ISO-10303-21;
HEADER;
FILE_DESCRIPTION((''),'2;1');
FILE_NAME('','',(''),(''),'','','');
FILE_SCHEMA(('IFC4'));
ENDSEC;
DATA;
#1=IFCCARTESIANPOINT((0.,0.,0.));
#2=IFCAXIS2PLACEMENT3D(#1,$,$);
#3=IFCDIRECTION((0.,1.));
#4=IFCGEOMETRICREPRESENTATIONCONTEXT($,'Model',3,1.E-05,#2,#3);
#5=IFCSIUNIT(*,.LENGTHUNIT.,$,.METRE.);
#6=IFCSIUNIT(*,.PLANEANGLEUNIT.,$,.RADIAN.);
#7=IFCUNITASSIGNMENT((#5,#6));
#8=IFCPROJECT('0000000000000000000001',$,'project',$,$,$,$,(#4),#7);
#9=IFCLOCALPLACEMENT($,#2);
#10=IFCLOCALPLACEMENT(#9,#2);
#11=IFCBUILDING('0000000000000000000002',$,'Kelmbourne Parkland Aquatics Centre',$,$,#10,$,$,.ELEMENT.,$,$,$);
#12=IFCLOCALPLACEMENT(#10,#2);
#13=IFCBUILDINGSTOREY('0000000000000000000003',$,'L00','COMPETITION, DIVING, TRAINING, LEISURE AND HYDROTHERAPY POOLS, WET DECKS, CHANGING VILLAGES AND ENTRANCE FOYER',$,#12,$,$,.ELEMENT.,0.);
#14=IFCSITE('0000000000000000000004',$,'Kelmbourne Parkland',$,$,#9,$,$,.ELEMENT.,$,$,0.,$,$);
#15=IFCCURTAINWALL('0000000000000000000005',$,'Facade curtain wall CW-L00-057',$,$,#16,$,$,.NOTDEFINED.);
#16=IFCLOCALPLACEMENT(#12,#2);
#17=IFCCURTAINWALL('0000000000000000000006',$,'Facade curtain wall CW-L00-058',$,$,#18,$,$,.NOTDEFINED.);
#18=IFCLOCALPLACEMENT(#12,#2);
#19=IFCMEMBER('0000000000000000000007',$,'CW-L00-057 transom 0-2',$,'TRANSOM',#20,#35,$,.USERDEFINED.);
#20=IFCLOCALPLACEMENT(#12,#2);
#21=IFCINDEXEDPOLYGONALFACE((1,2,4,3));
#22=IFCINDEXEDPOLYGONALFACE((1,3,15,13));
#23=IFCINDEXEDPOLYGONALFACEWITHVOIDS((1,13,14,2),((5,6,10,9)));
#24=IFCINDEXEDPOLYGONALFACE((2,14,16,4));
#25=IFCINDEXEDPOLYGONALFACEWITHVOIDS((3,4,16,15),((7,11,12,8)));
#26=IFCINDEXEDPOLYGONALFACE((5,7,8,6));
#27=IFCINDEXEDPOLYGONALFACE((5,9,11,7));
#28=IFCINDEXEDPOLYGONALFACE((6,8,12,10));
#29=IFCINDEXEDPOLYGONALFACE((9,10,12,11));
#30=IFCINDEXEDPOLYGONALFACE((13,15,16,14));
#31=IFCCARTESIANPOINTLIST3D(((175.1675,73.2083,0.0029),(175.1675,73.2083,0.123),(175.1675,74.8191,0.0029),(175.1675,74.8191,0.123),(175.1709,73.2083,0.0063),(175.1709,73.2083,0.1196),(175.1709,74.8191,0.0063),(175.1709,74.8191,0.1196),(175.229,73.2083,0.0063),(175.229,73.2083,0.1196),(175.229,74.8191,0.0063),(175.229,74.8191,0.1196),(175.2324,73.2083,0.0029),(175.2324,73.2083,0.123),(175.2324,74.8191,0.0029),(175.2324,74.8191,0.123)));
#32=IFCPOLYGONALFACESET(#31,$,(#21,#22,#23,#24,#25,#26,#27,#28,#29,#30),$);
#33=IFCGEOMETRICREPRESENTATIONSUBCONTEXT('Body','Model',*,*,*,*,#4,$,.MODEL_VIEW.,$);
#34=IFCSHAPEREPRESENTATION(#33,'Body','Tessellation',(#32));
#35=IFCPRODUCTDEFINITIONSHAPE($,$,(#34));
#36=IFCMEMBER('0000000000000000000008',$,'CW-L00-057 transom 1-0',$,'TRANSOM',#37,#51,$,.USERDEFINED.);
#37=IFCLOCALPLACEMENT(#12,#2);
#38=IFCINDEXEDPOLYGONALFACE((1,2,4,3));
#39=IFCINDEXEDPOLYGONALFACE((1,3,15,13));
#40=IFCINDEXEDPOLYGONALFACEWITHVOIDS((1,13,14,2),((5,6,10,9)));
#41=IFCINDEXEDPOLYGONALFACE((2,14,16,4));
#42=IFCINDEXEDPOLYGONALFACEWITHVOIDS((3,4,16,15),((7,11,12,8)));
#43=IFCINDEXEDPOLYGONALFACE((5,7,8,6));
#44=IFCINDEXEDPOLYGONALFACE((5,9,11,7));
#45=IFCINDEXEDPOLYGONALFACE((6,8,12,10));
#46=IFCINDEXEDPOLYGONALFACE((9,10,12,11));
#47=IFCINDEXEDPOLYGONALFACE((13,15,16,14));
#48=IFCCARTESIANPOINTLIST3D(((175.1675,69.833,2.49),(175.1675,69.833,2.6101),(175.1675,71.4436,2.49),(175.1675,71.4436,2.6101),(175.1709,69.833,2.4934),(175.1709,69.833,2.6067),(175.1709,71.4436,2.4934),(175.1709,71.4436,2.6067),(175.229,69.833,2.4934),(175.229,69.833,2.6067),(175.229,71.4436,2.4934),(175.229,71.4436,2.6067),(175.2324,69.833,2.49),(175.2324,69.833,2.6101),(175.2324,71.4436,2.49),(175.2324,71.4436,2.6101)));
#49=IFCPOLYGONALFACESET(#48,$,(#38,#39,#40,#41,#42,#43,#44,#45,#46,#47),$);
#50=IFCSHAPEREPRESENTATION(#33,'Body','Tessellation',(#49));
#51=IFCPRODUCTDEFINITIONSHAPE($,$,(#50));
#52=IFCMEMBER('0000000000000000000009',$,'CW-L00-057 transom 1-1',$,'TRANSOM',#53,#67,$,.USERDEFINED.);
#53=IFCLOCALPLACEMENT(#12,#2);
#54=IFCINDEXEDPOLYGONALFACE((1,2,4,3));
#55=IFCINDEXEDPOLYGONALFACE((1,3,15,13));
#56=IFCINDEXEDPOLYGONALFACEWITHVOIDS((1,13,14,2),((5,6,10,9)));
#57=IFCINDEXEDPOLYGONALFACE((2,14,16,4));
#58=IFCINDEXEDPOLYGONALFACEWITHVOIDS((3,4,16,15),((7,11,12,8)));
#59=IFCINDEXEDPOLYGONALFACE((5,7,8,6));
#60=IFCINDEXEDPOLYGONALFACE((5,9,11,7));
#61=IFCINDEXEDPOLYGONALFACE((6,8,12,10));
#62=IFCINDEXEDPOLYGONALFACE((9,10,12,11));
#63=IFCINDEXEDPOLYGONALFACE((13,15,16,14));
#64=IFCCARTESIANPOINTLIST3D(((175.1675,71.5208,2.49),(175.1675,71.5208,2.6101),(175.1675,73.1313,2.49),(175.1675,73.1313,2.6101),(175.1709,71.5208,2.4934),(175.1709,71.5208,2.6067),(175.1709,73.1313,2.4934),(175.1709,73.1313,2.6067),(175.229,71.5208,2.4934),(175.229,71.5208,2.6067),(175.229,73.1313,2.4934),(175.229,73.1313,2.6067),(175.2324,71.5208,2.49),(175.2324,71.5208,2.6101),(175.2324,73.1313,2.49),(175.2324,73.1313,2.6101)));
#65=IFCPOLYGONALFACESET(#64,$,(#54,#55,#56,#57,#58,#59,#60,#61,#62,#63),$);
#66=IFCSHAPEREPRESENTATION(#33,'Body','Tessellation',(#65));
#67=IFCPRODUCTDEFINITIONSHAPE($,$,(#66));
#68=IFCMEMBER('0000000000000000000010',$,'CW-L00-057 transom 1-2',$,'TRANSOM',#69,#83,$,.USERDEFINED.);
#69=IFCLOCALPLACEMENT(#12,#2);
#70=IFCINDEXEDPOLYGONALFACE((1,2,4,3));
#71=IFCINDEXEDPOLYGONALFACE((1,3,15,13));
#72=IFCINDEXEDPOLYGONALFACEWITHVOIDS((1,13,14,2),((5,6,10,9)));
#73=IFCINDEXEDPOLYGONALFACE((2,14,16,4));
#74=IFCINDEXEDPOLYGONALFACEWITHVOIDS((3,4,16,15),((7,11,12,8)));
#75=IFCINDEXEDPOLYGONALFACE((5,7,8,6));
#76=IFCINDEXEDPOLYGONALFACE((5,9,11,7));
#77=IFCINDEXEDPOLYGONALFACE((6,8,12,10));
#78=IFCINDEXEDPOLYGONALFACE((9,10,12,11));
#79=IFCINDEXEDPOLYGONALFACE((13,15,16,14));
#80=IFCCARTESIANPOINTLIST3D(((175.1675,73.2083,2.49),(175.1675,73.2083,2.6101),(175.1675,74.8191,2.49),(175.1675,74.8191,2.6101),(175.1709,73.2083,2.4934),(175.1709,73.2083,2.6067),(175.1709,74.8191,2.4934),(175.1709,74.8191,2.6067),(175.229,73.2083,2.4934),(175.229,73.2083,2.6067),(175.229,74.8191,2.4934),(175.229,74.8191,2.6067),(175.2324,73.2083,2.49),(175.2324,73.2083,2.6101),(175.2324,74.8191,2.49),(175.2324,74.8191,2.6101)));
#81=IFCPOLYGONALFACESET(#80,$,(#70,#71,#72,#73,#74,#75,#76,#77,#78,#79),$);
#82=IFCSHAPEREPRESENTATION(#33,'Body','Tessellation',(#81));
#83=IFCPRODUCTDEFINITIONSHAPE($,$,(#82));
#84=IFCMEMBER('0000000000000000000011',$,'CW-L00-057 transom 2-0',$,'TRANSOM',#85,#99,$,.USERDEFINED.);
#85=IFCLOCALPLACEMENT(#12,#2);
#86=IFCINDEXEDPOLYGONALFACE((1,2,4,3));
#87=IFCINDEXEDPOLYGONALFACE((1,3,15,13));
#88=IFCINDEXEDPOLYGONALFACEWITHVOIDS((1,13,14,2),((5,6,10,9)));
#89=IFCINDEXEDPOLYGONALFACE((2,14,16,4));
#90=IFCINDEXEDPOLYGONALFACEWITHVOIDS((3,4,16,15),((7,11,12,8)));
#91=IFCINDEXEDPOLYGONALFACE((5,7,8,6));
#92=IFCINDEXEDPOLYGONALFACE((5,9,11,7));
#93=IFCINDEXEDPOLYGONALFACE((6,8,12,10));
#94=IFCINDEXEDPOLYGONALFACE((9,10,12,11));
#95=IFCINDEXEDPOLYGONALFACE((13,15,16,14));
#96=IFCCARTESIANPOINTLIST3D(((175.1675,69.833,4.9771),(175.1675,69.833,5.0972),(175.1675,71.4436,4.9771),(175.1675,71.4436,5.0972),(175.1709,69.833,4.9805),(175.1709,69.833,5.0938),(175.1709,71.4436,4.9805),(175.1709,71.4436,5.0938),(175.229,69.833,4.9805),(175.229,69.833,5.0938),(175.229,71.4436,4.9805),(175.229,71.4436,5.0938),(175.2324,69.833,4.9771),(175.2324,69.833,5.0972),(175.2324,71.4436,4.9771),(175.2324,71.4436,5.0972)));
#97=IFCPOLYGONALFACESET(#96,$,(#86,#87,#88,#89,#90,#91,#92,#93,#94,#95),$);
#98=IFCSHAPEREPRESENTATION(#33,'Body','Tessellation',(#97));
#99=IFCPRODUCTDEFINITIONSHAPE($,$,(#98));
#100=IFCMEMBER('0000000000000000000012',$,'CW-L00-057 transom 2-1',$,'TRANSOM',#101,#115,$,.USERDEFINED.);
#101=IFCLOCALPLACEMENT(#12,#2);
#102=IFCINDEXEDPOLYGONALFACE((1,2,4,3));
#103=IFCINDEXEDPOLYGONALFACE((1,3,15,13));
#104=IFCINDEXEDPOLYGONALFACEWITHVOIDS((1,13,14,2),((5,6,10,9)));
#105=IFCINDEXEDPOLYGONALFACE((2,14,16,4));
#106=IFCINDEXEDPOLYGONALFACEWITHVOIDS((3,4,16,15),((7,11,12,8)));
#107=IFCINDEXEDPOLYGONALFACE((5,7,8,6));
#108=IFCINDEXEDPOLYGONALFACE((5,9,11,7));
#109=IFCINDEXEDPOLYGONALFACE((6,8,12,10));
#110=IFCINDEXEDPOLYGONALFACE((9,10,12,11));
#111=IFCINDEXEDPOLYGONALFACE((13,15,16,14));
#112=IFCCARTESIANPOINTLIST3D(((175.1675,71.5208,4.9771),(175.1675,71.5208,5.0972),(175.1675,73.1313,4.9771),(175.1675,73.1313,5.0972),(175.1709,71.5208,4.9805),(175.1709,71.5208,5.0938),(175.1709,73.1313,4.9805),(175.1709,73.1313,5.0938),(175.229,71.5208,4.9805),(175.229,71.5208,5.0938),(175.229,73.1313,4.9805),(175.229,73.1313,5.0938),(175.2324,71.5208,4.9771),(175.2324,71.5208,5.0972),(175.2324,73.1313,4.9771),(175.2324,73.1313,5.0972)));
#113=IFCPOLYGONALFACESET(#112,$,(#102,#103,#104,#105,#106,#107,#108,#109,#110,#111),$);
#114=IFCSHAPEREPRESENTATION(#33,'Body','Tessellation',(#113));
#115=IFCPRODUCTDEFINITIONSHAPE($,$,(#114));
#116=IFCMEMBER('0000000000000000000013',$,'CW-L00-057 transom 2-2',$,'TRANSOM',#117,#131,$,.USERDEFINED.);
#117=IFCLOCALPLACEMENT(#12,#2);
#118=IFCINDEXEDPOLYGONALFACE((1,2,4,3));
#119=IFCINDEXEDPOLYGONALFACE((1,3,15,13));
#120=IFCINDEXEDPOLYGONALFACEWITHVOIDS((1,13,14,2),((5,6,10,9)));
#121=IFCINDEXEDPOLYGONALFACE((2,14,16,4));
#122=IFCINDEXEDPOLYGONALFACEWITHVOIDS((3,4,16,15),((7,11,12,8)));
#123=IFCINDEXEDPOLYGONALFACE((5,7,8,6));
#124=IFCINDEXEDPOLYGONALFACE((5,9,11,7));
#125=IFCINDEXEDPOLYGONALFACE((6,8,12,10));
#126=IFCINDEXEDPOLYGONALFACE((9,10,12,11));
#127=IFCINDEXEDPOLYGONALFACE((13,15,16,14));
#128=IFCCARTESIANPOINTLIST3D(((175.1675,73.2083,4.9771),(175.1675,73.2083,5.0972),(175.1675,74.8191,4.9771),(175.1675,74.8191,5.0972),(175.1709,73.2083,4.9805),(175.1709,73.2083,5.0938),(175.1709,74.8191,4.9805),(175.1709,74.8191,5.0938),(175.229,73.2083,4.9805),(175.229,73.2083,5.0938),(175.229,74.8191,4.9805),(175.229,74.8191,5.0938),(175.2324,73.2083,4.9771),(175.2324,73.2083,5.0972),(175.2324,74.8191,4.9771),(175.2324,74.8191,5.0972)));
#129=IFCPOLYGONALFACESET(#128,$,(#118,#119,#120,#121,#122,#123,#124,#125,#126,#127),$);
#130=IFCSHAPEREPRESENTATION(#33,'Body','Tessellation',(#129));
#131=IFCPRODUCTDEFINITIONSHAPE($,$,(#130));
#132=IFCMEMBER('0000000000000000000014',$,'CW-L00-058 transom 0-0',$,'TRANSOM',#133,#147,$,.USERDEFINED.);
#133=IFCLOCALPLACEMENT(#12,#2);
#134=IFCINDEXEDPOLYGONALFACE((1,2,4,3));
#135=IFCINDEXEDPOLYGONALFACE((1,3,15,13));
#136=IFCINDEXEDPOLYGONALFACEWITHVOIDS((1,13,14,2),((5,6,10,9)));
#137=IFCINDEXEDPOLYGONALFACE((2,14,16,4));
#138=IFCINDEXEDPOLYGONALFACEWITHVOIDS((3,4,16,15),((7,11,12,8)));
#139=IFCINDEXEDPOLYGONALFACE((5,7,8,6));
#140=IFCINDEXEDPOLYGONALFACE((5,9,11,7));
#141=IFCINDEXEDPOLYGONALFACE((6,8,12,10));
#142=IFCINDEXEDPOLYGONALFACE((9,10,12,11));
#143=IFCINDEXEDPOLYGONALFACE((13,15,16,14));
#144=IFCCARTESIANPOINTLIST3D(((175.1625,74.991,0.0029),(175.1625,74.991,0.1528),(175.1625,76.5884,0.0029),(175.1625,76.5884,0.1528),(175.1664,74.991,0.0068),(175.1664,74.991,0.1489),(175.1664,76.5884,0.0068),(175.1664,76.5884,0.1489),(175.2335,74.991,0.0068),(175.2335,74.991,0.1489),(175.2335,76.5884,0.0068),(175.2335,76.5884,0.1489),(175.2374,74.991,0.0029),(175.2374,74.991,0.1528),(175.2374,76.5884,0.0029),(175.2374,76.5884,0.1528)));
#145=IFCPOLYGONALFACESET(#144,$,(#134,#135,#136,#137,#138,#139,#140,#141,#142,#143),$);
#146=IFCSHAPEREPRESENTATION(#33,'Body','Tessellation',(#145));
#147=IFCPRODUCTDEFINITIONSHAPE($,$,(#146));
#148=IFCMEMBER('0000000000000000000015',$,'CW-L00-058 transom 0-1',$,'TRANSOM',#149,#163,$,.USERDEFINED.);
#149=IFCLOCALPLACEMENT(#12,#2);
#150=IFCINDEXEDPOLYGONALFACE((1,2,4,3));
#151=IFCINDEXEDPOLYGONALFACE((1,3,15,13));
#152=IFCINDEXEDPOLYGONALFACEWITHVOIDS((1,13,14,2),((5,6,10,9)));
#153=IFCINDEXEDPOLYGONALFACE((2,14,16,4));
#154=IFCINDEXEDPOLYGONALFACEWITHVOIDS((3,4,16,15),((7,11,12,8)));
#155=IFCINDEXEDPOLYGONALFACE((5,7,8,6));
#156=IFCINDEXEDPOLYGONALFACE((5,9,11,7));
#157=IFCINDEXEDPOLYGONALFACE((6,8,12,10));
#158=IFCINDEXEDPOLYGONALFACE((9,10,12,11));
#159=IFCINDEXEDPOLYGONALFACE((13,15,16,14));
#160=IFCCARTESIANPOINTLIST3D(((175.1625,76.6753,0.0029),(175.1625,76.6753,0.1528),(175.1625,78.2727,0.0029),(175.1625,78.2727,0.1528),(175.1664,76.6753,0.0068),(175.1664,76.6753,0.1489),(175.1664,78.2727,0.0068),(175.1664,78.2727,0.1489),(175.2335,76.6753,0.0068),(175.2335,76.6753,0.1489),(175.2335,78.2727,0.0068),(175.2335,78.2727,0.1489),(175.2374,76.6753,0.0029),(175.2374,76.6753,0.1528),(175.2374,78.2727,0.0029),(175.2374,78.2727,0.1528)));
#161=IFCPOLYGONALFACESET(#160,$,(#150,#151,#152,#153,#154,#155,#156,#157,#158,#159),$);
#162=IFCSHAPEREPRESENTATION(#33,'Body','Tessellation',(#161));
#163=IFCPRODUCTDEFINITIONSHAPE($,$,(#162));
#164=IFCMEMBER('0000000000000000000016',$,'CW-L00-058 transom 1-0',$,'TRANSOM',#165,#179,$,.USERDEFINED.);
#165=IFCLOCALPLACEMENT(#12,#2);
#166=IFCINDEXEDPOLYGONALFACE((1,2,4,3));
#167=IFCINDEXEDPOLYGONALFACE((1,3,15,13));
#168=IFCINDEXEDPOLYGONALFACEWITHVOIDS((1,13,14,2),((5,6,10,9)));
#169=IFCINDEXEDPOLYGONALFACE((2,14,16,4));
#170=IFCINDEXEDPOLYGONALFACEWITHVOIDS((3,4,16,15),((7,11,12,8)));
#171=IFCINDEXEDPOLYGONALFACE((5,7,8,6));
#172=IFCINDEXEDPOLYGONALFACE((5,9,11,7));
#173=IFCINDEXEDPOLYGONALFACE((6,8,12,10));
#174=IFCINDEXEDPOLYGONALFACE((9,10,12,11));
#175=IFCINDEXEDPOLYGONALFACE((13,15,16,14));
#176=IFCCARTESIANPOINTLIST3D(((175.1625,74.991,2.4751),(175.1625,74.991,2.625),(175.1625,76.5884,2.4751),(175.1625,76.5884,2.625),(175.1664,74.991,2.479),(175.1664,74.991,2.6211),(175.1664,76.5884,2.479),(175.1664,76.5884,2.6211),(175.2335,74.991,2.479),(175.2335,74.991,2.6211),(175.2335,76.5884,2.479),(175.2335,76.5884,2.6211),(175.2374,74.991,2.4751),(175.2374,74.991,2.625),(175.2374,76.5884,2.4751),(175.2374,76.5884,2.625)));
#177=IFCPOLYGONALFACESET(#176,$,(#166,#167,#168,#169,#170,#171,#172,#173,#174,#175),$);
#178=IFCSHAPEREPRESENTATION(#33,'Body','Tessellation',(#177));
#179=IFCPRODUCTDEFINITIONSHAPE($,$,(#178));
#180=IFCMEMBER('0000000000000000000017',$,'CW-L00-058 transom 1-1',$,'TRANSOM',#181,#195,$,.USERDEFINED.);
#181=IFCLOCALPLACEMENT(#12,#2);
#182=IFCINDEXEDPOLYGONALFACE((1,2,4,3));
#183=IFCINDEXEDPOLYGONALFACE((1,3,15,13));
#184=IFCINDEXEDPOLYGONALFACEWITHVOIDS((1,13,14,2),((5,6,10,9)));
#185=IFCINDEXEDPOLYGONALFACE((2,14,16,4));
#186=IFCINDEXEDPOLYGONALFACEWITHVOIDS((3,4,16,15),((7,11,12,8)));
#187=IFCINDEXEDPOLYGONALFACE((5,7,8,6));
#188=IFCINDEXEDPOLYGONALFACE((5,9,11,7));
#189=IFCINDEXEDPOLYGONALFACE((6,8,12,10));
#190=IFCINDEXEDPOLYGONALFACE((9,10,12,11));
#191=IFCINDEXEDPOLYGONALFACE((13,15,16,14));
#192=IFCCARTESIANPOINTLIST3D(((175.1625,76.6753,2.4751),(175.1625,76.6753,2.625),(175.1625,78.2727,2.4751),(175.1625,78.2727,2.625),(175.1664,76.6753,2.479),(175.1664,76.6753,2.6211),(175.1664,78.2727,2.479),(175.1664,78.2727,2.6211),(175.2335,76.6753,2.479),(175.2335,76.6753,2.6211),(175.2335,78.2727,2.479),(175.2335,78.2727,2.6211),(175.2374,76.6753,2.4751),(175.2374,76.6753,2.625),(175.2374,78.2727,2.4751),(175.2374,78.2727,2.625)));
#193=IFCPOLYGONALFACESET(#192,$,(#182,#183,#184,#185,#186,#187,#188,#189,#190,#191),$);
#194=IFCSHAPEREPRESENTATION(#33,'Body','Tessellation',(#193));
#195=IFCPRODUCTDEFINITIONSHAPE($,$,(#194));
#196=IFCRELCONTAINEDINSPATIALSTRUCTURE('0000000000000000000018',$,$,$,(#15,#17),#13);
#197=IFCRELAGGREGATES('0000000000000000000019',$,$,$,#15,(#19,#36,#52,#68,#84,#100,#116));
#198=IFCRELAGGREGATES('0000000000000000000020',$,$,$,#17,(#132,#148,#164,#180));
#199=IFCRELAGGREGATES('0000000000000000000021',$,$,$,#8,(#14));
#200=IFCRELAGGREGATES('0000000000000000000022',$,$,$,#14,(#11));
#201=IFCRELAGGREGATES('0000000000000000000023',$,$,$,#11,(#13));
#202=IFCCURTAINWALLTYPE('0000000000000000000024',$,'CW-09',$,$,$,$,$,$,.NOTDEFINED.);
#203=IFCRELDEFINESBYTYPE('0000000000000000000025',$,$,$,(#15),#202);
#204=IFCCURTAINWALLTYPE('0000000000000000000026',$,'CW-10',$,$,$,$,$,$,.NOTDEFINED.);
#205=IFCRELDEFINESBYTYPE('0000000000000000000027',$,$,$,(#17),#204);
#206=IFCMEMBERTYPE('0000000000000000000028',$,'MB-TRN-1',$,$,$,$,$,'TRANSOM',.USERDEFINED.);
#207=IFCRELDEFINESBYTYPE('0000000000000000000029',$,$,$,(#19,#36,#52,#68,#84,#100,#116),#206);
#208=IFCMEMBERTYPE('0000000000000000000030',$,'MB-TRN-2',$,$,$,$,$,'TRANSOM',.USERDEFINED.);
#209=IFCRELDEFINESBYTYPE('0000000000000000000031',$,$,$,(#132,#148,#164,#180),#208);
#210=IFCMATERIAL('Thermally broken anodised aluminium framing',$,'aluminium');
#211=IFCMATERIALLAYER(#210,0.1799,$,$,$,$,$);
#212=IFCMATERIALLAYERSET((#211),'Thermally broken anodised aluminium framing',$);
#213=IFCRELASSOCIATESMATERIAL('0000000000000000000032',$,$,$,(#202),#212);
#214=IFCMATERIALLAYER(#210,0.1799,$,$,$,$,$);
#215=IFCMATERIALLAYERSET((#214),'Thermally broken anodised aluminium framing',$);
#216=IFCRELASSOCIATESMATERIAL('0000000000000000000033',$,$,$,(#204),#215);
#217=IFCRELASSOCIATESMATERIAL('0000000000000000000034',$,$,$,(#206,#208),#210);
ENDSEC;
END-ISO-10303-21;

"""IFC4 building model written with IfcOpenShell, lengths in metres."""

from ifc_helpers import new_model, si_unit, direction, frame, origin, origin_2d, place, context, subcontext, project, spatial, hollow_rectangle, extrude, material, layer, layer_set, material_profile, profile_set, type_object, element, aggregate, save


model = new_model("IFC4")

# Units and contexts
model_context = context("Model", 3, precision=1e-05, world=origin(), true_north=direction((0.0, 1.0)))
body_context = subcontext(model_context, "Body", "Model", "MODEL_VIEW")
ifc_project = project(units=[si_unit("LENGTHUNIT", "METRE"), si_unit("PLANEANGLEUNIT", "RADIAN")], contexts=[model_context])

# Site, building, storey
site_placement = place(None, origin())
site = spatial("IfcSite", under=ifc_project, at=site_placement, Name="Kelmbourne Parkland", CompositionType="ELEMENT", RefElevation=0.0)
building_placement = place(site_placement, origin())
building = spatial("IfcBuilding", under=site, at=building_placement, Name="Kelmbourne Parkland Aquatics Centre", CompositionType="ELEMENT")
storey_placement = place(building_placement, origin())
storey = spatial("IfcBuildingStorey", under=building, at=storey_placement, Name="L00", Description="COMPETITION, DIVING, TRAINING, LEISURE AND HYDROTHERAPY POOLS, WET DECKS, CHANGING VILLAGES AND ENTRANCE FOYER", CompositionType="ELEMENT", Elevation=0.0)

# Shared definitions
ifc_material_1 = material(Name="Thermally broken anodised aluminium framing", Category="aluminium")

# Curtain walls
ifc_layer_1 = layer(ifc_material_1, 0.1799)
ifc_layer_set_1 = layer_set([ifc_layer_1], Name="Thermally broken anodised aluminium framing")
curtain_wall_type_1 = type_object("IfcCurtainWallType", Name="CW-09", PredefinedType="NOTDEFINED", material=ifc_layer_set_1)
curtain_wall_1_placement = place(storey_placement, origin())
curtain_wall_1 = element("IfcCurtainWall", 1, at=curtain_wall_1_placement, inside=storey, type_object=curtain_wall_type_1, Name="Facade curtain wall CW-L00-057", PredefinedType="NOTDEFINED")
ifc_layer_2 = layer(ifc_material_1, 0.1799)
ifc_layer_set_2 = layer_set([ifc_layer_2], Name="Thermally broken anodised aluminium framing")
curtain_wall_type_2 = type_object("IfcCurtainWallType", Name="CW-10", PredefinedType="NOTDEFINED", material=ifc_layer_set_2)
curtain_wall_2_placement = place(storey_placement, origin())
curtain_wall_2 = element("IfcCurtainWall", 2, at=curtain_wall_2_placement, inside=storey, type_object=curtain_wall_type_2, Name="Facade curtain wall CW-L00-058", PredefinedType="NOTDEFINED")

# Members
ifc_material_profile_1 = material_profile(ifc_material_1, hollow_rectangle(XDim=0.0649, YDim=0.1201, WallThickness=0.0034, at=origin_2d()), Name="CW-T 65x120")
ifc_profile_set_1 = profile_set([ifc_material_profile_1], Name="Thermally broken anodised aluminium framing")
member_type_1 = type_object("IfcMemberType", Name="MB-TRN-1", ElementType="TRANSOM", PredefinedType="USERDEFINED", material=ifc_profile_set_1)
member_1_placement = place(storey_placement, frame((175.2, 73.2083, 0.063), z_axis=(0.0, 1.0, 0.0), x_axis=(-1.0, 0.0, 0.0)))
member_1 = element("IfcMember", 3, at=member_1_placement, type_object=member_type_1, Name="CW-L00-057 transom 0-2", ObjectType="TRANSOM", PredefinedType="USERDEFINED", context=body_context, shape_type="SweptSolid", body=[
    extrude(hollow_rectangle(XDim=0.0649, YDim=0.1201, WallThickness=0.0034, at=origin_2d()), origin(), (0.0, 0.0, 1.0), 1.6108),
])
member_2_placement = place(storey_placement, frame((175.2, 69.833, 2.55), z_axis=(0.0, 1.0, 0.0), x_axis=(-1.0, 0.0, 0.0)))
member_2 = element("IfcMember", 4, at=member_2_placement, type_object=member_type_1, Name="CW-L00-057 transom 1-0", ObjectType="TRANSOM", PredefinedType="USERDEFINED", context=body_context, shape_type="SweptSolid", body=[
    extrude(hollow_rectangle(XDim=0.0649, YDim=0.1201, WallThickness=0.0034, at=origin_2d()), origin(), (0.0, 0.0, 1.0), 1.6106),
])
member_3_placement = place(storey_placement, frame((175.2, 71.5208, 2.55), z_axis=(0.0, 1.0, 0.0), x_axis=(-1.0, 0.0, 0.0)))
member_3 = element("IfcMember", 5, at=member_3_placement, type_object=member_type_1, Name="CW-L00-057 transom 1-1", ObjectType="TRANSOM", PredefinedType="USERDEFINED", context=body_context, shape_type="SweptSolid", body=[
    extrude(hollow_rectangle(XDim=0.0649, YDim=0.1201, WallThickness=0.0034, at=origin_2d()), origin(), (0.0, 0.0, 1.0), 1.6106),
])
member_4_placement = place(storey_placement, frame((175.2, 73.2083, 2.55), z_axis=(0.0, 1.0, 0.0), x_axis=(-1.0, 0.0, 0.0)))
member_4 = element("IfcMember", 6, at=member_4_placement, type_object=member_type_1, Name="CW-L00-057 transom 1-2", ObjectType="TRANSOM", PredefinedType="USERDEFINED", context=body_context, shape_type="SweptSolid", body=[
    extrude(hollow_rectangle(XDim=0.0649, YDim=0.1201, WallThickness=0.0034, at=origin_2d()), origin(), (0.0, 0.0, 1.0), 1.6108),
])
member_5_placement = place(storey_placement, frame((175.2, 69.833, 5.0371), z_axis=(0.0, 1.0, 0.0), x_axis=(-1.0, 0.0, 0.0)))
member_5 = element("IfcMember", 7, at=member_5_placement, type_object=member_type_1, Name="CW-L00-057 transom 2-0", ObjectType="TRANSOM", PredefinedType="USERDEFINED", context=body_context, shape_type="SweptSolid", body=[
    extrude(hollow_rectangle(XDim=0.0649, YDim=0.1201, WallThickness=0.0034, at=origin_2d()), origin(), (0.0, 0.0, 1.0), 1.6106),
])
member_6_placement = place(storey_placement, frame((175.2, 71.5208, 5.0371), z_axis=(0.0, 1.0, 0.0), x_axis=(-1.0, 0.0, 0.0)))
member_6 = element("IfcMember", 8, at=member_6_placement, type_object=member_type_1, Name="CW-L00-057 transom 2-1", ObjectType="TRANSOM", PredefinedType="USERDEFINED", context=body_context, shape_type="SweptSolid", body=[
    extrude(hollow_rectangle(XDim=0.0649, YDim=0.1201, WallThickness=0.0034, at=origin_2d()), origin(), (0.0, 0.0, 1.0), 1.6106),
])
member_7_placement = place(storey_placement, frame((175.2, 73.2083, 5.0371), z_axis=(0.0, 1.0, 0.0), x_axis=(-1.0, 0.0, 0.0)))
member_7 = element("IfcMember", 9, at=member_7_placement, type_object=member_type_1, Name="CW-L00-057 transom 2-2", ObjectType="TRANSOM", PredefinedType="USERDEFINED", context=body_context, shape_type="SweptSolid", body=[
    extrude(hollow_rectangle(XDim=0.0649, YDim=0.1201, WallThickness=0.0034, at=origin_2d()), origin(), (0.0, 0.0, 1.0), 1.6108),
])
ifc_material_profile_2 = material_profile(ifc_material_1, hollow_rectangle(XDim=0.075, YDim=0.1499, WallThickness=0.0039, at=origin_2d()), Name="CW-T 75x150")
ifc_profile_set_2 = profile_set([ifc_material_profile_2], Name="Thermally broken anodised aluminium framing")
member_type_2 = type_object("IfcMemberType", Name="MB-TRN-2", ElementType="TRANSOM", PredefinedType="USERDEFINED", material=ifc_profile_set_2)
member_8_placement = place(storey_placement, frame((175.2, 74.991, 0.0779), z_axis=(0.0, 1.0, 0.0), x_axis=(-1.0, 0.0, 0.0)))
member_8 = element("IfcMember", 10, at=member_8_placement, type_object=member_type_2, Name="CW-L00-058 transom 0-0", ObjectType="TRANSOM", PredefinedType="USERDEFINED", context=body_context, shape_type="SweptSolid", body=[
    extrude(hollow_rectangle(XDim=0.075, YDim=0.1499, WallThickness=0.0039, at=origin_2d()), origin(), (0.0, 0.0, 1.0), 1.5974),
])
member_9_placement = place(storey_placement, frame((175.2, 76.6753, 0.0779), z_axis=(0.0, 1.0, 0.0), x_axis=(-1.0, 0.0, 0.0)))
member_9 = element("IfcMember", 11, at=member_9_placement, type_object=member_type_2, Name="CW-L00-058 transom 0-1", ObjectType="TRANSOM", PredefinedType="USERDEFINED", context=body_context, shape_type="SweptSolid", body=[
    extrude(hollow_rectangle(XDim=0.075, YDim=0.1499, WallThickness=0.0039, at=origin_2d()), origin(), (0.0, 0.0, 1.0), 1.5974),
])
member_10_placement = place(storey_placement, frame((175.2, 74.991, 2.55), z_axis=(0.0, 1.0, 0.0), x_axis=(-1.0, 0.0, 0.0)))
member_10 = element("IfcMember", 12, at=member_10_placement, type_object=member_type_2, Name="CW-L00-058 transom 1-0", ObjectType="TRANSOM", PredefinedType="USERDEFINED", context=body_context, shape_type="SweptSolid", body=[
    extrude(hollow_rectangle(XDim=0.075, YDim=0.1499, WallThickness=0.0039, at=origin_2d()), origin(), (0.0, 0.0, 1.0), 1.5974),
])
member_11_placement = place(storey_placement, frame((175.2, 76.6753, 2.55), z_axis=(0.0, 1.0, 0.0), x_axis=(-1.0, 0.0, 0.0)))
member_11 = element("IfcMember", 13, at=member_11_placement, type_object=member_type_2, Name="CW-L00-058 transom 1-1", ObjectType="TRANSOM", PredefinedType="USERDEFINED", context=body_context, shape_type="SweptSolid", body=[
    extrude(hollow_rectangle(XDim=0.075, YDim=0.1499, WallThickness=0.0039, at=origin_2d()), origin(), (0.0, 0.0, 1.0), 1.5974),
])

aggregate(curtain_wall_1, [member_1, member_2, member_3, member_4, member_5, member_6, member_7])
aggregate(curtain_wall_2, [member_8, member_9, member_10, member_11])

save(model, "model.ifc")
